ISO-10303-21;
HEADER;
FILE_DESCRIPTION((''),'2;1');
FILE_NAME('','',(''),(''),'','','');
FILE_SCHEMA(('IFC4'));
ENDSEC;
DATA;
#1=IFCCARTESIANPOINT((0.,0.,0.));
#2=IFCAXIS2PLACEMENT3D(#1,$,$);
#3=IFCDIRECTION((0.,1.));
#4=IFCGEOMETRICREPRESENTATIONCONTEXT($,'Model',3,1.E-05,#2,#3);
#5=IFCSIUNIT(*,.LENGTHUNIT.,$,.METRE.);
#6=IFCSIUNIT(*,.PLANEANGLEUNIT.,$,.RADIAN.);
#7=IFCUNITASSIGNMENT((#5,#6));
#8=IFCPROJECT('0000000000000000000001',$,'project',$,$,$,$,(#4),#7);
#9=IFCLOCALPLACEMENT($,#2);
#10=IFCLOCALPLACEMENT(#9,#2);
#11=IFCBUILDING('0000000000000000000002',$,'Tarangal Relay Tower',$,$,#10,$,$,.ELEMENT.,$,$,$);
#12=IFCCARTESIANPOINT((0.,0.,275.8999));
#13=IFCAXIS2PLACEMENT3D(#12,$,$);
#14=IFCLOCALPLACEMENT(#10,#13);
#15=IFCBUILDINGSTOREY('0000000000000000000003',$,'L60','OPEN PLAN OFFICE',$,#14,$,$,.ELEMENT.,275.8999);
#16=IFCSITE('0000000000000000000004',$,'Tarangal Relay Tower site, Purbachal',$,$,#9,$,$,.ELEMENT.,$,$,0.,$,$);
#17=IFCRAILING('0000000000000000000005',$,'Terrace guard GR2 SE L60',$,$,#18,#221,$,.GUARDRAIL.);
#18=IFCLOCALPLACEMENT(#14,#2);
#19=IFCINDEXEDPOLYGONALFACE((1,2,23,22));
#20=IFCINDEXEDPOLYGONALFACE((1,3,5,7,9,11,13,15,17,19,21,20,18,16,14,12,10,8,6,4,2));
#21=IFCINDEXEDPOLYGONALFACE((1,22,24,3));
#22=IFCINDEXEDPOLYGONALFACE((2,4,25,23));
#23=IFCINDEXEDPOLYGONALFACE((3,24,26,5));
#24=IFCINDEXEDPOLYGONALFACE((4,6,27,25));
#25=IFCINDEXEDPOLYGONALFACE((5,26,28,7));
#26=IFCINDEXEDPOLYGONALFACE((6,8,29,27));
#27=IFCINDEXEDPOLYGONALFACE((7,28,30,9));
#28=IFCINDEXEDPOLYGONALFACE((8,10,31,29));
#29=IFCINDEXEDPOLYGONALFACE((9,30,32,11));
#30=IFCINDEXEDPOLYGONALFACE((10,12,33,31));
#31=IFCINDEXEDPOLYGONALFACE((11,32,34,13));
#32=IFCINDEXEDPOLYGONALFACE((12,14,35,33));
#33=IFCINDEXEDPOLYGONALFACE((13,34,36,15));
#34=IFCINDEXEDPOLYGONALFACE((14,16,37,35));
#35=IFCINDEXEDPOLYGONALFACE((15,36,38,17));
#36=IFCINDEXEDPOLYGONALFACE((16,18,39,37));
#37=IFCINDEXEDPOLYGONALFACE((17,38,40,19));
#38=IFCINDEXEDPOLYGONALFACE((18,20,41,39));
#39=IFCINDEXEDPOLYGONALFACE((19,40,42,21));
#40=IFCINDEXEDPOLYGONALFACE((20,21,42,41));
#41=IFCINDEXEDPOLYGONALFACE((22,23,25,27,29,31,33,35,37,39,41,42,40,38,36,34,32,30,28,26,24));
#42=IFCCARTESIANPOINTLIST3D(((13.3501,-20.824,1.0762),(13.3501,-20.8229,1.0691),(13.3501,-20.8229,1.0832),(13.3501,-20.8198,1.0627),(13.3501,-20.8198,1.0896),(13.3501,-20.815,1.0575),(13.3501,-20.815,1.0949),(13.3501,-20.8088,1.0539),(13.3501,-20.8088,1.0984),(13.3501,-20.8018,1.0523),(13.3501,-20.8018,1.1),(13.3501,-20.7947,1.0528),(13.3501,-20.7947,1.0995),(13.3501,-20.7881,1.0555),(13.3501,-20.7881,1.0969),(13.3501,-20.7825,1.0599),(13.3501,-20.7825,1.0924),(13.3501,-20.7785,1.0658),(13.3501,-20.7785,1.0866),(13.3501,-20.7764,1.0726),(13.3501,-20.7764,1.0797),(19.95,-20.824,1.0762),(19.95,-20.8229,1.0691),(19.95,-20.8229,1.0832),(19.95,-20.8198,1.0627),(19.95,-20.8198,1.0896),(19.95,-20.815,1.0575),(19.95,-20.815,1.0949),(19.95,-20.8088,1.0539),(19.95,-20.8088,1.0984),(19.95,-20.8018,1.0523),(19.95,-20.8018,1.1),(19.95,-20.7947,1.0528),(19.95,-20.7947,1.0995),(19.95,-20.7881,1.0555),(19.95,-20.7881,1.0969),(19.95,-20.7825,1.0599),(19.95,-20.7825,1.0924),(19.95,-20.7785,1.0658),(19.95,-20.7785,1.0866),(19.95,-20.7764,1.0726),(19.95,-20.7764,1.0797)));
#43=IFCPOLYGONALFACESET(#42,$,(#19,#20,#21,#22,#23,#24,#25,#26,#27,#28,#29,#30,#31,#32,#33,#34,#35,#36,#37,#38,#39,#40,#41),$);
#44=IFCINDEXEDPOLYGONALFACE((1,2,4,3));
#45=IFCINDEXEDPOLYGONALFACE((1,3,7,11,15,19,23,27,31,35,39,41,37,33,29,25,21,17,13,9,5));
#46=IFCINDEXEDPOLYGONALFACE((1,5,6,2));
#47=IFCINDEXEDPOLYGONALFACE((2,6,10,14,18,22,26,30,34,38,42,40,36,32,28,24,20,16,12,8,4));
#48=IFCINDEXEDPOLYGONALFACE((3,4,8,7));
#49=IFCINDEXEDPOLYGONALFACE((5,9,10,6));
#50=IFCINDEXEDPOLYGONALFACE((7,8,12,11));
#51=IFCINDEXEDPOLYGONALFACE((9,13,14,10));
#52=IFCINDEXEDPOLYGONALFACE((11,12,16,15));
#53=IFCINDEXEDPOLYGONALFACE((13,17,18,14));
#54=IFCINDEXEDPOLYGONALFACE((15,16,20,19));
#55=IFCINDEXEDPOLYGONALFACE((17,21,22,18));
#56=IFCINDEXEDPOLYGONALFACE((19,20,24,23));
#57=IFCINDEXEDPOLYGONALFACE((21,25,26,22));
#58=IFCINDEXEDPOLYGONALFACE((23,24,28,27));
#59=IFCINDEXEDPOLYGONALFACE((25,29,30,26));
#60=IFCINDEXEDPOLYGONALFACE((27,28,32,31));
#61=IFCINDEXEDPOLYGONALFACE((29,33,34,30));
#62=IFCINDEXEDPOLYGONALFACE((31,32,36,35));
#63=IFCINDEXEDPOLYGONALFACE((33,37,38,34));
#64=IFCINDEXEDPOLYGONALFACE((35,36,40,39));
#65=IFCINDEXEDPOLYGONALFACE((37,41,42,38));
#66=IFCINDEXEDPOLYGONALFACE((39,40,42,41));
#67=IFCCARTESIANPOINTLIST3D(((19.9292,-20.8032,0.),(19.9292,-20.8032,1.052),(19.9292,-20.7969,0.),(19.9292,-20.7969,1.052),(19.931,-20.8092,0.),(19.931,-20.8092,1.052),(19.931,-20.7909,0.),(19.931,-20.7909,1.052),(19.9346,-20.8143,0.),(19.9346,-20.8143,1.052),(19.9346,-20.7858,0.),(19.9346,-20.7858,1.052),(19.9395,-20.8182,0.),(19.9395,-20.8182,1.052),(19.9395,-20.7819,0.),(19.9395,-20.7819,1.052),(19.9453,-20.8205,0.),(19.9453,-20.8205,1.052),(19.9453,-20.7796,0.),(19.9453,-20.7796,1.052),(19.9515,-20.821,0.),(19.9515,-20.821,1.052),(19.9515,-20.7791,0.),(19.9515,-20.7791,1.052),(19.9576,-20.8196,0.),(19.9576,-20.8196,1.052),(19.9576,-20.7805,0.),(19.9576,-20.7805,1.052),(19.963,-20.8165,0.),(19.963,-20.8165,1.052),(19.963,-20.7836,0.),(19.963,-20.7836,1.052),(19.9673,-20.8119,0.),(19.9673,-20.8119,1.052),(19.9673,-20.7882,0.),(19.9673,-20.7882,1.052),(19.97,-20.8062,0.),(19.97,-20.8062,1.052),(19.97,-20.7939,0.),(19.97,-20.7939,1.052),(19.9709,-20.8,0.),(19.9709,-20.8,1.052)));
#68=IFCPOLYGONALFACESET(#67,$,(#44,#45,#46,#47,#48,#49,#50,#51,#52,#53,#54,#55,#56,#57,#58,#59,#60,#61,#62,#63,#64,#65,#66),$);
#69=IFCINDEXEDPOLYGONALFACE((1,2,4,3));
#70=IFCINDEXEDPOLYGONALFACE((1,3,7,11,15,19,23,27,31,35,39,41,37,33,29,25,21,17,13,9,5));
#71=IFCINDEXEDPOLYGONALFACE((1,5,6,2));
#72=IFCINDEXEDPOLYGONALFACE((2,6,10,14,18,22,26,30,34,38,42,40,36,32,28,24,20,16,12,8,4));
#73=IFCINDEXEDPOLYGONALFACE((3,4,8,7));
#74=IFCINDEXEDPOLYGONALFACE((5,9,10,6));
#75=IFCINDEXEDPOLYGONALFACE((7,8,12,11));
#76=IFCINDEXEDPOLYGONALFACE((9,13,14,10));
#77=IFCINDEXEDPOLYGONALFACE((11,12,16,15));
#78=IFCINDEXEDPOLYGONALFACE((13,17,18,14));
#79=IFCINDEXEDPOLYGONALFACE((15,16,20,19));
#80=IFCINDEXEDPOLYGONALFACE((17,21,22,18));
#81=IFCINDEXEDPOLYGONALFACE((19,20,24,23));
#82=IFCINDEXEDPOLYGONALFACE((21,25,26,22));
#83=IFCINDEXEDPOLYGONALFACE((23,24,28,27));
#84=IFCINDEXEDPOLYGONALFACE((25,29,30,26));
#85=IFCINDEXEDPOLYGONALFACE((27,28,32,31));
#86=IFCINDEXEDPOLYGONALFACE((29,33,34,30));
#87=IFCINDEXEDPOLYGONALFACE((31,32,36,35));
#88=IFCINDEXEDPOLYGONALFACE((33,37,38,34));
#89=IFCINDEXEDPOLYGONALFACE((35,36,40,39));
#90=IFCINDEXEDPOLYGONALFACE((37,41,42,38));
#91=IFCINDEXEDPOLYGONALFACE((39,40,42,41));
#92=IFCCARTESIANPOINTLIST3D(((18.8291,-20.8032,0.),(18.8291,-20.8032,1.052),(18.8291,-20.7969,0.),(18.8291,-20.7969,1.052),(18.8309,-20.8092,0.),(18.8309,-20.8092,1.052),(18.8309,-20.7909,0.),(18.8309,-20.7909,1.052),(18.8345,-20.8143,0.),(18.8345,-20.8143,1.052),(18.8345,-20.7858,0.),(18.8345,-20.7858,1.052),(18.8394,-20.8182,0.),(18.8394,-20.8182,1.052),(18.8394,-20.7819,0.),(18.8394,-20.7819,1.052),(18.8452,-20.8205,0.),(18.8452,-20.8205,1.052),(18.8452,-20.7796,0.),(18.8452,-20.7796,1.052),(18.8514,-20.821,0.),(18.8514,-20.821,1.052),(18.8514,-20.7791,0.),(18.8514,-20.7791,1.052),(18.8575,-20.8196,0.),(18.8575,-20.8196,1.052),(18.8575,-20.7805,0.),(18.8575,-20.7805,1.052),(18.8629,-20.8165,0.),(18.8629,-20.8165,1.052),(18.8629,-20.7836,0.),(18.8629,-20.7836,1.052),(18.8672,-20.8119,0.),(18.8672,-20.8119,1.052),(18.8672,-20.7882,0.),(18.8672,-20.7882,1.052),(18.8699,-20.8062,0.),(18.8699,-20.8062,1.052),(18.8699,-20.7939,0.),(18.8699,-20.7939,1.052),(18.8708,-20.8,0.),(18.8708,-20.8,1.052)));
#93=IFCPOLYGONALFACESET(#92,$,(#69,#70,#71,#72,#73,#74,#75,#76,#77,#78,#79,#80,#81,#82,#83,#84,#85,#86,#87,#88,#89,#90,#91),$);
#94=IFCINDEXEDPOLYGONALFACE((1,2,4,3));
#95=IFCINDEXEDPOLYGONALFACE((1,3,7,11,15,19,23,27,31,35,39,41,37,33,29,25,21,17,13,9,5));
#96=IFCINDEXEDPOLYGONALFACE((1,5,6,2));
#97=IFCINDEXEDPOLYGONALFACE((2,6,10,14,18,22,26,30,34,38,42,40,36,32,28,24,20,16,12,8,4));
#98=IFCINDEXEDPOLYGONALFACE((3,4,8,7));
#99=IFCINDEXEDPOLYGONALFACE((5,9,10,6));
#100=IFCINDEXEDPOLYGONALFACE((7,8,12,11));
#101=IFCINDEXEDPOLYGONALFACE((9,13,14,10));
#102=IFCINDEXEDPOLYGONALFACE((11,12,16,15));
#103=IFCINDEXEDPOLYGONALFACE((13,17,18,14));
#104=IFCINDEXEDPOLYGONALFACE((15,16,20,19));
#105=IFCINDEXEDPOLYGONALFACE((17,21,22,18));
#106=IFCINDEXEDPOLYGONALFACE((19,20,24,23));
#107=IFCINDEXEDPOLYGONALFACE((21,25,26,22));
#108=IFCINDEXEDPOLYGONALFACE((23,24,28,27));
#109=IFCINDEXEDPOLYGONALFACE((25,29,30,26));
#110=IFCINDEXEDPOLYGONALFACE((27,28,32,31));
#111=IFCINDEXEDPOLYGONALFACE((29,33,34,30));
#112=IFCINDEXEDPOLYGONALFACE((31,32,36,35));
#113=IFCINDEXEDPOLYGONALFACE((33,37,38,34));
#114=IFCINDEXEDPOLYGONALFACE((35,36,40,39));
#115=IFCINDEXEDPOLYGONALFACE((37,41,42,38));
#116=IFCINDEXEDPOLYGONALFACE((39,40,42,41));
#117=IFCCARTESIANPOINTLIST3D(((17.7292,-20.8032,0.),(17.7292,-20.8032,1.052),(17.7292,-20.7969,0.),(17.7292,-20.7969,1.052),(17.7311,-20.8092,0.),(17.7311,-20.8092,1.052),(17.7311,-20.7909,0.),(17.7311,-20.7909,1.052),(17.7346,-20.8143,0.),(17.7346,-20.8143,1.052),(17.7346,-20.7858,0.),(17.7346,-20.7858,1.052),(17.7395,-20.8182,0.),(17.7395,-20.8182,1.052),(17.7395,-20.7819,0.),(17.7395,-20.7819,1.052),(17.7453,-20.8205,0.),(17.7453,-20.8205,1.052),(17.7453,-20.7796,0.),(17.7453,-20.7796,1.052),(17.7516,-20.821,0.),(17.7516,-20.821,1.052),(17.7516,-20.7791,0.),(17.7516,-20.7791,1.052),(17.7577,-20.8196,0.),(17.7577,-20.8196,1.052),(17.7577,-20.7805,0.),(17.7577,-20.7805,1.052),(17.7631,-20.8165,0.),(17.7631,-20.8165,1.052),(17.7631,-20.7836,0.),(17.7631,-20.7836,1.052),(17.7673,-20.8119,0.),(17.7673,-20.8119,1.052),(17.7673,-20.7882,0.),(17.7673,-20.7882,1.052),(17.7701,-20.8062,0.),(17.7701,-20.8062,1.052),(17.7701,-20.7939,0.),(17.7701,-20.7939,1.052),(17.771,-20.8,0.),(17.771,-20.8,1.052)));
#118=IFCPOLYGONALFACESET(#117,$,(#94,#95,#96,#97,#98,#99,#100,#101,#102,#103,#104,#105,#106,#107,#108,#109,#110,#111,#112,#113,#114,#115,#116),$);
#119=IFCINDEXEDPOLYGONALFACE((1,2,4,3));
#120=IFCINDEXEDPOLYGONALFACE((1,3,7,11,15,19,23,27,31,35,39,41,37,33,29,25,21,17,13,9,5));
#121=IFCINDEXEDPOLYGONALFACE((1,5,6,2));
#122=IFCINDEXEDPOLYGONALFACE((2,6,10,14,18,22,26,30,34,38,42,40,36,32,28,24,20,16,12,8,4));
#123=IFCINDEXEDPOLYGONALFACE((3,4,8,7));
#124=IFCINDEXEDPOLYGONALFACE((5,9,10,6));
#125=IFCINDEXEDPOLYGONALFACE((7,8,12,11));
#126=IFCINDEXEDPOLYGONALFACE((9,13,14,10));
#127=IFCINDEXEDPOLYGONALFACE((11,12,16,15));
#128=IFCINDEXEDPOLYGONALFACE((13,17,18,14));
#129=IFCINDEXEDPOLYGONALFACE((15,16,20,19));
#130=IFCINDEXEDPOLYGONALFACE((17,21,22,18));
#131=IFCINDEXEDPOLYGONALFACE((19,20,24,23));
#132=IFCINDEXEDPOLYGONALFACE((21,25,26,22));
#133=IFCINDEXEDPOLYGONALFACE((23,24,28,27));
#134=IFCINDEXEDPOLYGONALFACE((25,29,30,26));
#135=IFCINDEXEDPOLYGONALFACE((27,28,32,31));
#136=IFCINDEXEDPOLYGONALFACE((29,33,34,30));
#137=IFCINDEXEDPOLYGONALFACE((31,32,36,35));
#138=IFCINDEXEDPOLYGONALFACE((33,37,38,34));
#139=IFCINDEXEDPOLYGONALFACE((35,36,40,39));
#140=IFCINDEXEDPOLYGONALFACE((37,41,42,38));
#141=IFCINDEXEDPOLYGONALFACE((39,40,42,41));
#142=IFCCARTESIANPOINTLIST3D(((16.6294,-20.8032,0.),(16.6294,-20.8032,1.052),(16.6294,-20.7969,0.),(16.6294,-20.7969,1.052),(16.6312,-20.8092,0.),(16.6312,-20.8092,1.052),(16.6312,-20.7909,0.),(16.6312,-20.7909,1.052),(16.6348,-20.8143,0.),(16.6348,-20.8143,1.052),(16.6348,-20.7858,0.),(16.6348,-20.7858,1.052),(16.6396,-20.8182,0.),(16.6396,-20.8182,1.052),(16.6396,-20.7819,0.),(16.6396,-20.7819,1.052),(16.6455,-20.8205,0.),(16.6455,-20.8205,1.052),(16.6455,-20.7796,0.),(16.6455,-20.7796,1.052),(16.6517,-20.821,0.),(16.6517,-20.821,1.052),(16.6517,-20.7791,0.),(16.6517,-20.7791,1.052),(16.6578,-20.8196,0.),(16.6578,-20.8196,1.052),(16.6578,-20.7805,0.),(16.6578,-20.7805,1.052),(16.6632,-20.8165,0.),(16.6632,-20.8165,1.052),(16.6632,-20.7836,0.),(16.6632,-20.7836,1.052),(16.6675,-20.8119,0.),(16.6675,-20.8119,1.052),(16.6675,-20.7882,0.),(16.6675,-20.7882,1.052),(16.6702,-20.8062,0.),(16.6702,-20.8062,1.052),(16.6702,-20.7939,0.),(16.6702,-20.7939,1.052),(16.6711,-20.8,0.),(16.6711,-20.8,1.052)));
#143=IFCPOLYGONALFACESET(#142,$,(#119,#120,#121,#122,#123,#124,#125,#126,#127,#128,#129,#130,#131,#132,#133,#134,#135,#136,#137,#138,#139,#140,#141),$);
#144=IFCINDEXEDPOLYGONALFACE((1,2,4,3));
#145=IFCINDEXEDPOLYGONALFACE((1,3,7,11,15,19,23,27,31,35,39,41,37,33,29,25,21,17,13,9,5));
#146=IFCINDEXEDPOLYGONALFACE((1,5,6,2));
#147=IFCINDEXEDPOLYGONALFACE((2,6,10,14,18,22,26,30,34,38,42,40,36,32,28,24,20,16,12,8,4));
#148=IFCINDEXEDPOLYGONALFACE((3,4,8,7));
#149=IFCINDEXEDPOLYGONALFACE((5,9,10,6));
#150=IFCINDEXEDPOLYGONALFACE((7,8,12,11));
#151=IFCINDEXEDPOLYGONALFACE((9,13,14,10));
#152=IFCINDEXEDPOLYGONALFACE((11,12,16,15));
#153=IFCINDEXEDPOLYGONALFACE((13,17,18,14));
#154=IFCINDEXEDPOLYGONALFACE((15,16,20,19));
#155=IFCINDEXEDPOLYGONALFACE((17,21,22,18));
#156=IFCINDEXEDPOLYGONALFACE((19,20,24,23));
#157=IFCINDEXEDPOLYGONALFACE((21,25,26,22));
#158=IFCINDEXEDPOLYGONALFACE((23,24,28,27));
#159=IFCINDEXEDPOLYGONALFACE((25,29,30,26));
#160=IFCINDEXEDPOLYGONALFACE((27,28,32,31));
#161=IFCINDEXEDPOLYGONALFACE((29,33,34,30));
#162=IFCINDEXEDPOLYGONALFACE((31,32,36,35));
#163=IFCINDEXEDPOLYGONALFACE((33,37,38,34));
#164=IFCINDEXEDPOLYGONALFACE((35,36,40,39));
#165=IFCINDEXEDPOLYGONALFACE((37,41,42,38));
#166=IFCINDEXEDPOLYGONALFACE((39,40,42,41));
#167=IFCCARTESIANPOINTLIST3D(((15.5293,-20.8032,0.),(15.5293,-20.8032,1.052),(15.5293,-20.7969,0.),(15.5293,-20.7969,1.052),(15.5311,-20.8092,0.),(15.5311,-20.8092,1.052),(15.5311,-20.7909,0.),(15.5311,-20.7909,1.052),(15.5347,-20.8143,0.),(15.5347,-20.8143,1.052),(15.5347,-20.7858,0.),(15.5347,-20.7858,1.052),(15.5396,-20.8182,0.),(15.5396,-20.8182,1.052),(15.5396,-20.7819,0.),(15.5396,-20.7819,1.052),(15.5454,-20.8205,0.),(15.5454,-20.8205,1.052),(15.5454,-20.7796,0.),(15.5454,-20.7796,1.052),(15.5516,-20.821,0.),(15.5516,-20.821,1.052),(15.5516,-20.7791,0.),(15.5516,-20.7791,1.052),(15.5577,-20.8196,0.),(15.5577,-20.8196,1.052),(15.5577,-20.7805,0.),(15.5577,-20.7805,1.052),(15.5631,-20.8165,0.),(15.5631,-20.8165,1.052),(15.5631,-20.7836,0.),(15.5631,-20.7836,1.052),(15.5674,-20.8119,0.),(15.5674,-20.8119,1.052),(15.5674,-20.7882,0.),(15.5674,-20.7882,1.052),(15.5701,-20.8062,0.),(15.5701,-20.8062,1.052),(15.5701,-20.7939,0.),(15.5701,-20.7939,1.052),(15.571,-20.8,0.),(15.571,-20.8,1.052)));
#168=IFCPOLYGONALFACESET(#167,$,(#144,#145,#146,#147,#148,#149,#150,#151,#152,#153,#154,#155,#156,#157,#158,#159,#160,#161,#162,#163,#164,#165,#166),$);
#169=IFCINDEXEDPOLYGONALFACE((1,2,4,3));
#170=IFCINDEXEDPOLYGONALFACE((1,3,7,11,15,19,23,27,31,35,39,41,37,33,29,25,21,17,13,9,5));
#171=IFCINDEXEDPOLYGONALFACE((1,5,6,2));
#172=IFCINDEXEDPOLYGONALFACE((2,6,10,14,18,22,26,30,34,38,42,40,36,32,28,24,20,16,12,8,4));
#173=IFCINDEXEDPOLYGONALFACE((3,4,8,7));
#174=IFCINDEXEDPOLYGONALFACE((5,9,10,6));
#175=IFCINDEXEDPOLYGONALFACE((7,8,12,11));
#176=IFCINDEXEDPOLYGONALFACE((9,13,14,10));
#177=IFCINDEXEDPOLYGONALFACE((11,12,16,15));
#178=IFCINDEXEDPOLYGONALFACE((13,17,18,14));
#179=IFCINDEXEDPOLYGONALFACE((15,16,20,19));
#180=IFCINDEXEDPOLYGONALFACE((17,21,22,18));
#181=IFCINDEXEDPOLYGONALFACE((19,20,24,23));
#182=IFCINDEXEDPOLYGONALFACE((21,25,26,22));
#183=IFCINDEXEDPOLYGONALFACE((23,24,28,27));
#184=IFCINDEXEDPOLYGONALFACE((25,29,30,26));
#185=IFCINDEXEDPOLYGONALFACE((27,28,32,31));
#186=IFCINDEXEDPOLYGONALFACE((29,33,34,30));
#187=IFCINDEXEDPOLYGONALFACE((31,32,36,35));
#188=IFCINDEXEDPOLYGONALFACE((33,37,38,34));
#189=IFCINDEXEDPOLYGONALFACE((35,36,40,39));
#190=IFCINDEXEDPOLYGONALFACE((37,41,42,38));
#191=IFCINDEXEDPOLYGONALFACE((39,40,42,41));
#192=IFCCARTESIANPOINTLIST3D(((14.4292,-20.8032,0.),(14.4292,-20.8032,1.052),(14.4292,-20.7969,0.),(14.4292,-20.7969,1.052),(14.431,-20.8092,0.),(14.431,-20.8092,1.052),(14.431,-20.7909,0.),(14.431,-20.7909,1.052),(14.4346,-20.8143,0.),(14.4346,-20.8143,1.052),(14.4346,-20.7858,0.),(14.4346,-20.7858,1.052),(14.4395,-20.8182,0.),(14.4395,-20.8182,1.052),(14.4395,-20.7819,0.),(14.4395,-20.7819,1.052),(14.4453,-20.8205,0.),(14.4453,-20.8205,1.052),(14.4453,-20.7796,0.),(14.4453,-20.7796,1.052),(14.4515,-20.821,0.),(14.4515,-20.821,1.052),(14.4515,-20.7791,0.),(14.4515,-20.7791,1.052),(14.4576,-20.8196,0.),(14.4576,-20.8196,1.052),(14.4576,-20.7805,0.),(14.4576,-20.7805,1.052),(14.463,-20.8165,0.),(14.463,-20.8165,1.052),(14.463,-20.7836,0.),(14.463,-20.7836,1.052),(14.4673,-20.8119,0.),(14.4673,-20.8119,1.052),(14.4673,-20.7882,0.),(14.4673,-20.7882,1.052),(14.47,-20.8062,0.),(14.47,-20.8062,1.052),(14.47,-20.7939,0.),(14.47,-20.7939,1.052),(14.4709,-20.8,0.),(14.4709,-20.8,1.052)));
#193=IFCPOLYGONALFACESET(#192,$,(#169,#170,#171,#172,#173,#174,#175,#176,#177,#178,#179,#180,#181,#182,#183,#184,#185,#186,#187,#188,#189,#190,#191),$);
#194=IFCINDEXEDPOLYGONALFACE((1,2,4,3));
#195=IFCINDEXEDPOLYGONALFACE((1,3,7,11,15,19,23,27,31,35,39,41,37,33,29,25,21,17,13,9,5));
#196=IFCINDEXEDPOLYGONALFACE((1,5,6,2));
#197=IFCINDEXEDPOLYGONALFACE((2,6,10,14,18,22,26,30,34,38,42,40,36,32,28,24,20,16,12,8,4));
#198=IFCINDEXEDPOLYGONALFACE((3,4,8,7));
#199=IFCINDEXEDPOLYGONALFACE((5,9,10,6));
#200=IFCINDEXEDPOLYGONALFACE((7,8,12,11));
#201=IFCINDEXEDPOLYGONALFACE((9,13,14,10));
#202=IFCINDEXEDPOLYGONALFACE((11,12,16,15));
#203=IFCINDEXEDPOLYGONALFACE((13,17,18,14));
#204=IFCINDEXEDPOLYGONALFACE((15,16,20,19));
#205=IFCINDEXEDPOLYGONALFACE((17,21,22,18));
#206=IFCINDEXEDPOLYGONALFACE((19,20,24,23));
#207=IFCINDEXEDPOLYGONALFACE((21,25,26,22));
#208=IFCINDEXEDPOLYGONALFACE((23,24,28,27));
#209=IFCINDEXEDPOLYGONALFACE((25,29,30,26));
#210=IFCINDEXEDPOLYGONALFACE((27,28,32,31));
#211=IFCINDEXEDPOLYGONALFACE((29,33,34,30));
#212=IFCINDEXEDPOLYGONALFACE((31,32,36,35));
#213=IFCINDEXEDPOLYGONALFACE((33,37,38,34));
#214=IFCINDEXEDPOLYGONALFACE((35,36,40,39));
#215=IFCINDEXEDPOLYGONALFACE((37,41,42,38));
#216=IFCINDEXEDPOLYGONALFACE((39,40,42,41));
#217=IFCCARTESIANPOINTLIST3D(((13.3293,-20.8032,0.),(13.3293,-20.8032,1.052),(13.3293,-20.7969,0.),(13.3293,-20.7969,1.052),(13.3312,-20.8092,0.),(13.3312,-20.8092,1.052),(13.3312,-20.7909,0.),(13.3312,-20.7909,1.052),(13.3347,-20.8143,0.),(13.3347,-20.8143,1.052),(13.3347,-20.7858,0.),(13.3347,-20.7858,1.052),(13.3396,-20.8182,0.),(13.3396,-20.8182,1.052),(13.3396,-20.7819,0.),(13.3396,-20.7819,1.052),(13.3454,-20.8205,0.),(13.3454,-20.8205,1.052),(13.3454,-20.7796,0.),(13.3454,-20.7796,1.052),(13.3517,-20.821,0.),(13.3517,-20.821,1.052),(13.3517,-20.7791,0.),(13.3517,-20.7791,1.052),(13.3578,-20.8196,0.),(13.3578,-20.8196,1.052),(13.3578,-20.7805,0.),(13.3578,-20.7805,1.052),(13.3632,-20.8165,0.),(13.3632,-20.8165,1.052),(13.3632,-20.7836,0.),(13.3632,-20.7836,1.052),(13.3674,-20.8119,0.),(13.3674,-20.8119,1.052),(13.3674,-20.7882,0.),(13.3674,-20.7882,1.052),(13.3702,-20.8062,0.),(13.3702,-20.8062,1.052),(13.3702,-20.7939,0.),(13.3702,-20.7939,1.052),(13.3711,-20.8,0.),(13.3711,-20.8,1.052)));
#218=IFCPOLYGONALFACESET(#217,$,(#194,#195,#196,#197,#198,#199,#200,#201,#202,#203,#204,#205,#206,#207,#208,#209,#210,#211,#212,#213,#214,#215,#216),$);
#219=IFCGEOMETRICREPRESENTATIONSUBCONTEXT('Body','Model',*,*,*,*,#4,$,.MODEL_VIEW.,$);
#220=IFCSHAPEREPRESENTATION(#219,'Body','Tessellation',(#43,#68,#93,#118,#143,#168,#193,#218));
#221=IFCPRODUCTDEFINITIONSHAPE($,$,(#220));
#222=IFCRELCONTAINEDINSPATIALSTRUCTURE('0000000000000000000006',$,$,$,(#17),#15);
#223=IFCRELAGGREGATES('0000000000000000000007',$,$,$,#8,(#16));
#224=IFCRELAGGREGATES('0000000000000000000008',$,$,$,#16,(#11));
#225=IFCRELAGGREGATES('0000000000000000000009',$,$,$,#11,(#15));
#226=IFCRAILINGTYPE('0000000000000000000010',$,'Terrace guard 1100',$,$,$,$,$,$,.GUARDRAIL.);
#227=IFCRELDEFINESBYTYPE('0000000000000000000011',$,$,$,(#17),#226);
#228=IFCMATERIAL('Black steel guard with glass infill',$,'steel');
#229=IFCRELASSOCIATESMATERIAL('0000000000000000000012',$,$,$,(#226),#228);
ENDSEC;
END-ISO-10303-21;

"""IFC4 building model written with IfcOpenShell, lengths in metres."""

from ifc_helpers import new_model, si_unit, direction, frame, origin, origin_2d, place, context, subcontext, project, spatial, circle, extrude, material, type_object, element, save


model = new_model("IFC4")

# Units and contexts
model_context = context("Model", 3, precision=1e-05, world=origin(), true_north=direction((0.0, 1.0)))
body_context = subcontext(model_context, "Body", "Model", "MODEL_VIEW")
ifc_project = project(units=[si_unit("LENGTHUNIT", "METRE"), si_unit("PLANEANGLEUNIT", "RADIAN")], contexts=[model_context])

# Site, building, storey
site_placement = place(None, origin())
site = spatial("IfcSite", under=ifc_project, at=site_placement, Name="Tarangal Relay Tower site, Purbachal", CompositionType="ELEMENT", RefElevation=0.0)
building_placement = place(site_placement, origin())
building = spatial("IfcBuilding", under=site, at=building_placement, Name="Tarangal Relay Tower", CompositionType="ELEMENT")
storey_placement = place(building_placement, frame((0.0, 0.0, 275.8999)))
storey = spatial("IfcBuildingStorey", under=building, at=storey_placement, Name="L60", Description="OPEN PLAN OFFICE", CompositionType="ELEMENT", Elevation=275.8999)

# Railing
ifc_material_1 = material(Name="Black steel guard with glass infill", Category="steel")
railing_type = type_object("IfcRailingType", Name="Terrace guard 1100", PredefinedType="GUARDRAIL", material=ifc_material_1)
railing_1_placement = place(storey_placement, frame((19.95, -20.8, 0.0)))
element("IfcRailing", 1, at=railing_1_placement, inside=storey, type_object=railing_type, Name="Terrace guard GR2 SE L60", PredefinedType="GUARDRAIL", context=body_context, shape_type="SweptSolid", body=[
    extrude(circle(Radius=0.0239, at=origin_2d()), frame((0.0, 0.0, 1.0762), z_axis=(-1.0, 0.0, 0.0), x_axis=(0.0, -1.0, 0.0)), (0.0, 0.0, 1.0), 6.5999),
    extrude(circle(Radius=0.021, at=origin_2d()), origin(), (0.0, 0.0, 1.0), 1.052),
    extrude(circle(Radius=0.021, at=origin_2d()), frame((-1.1001, 0.0, 0.0)), (0.0, 0.0, 1.0), 1.052),
    extrude(circle(Radius=0.021, at=origin_2d()), frame((-2.2, 0.0, 0.0)), (0.0, 0.0, 1.0), 1.052),
    extrude(circle(Radius=0.021, at=origin_2d()), frame((-3.2998, 0.0, 0.0)), (0.0, 0.0, 1.0), 1.052),
    extrude(circle(Radius=0.021, at=origin_2d()), frame((-4.3999, 0.0, 0.0)), (0.0, 0.0, 1.0), 1.052),
    extrude(circle(Radius=0.021, at=origin_2d()), frame((-5.5, 0.0, 0.0)), (0.0, 0.0, 1.0), 1.052),
    extrude(circle(Radius=0.021, at=origin_2d()), frame((-6.5999, 0.0, 0.0)), (0.0, 0.0, 1.0), 1.052),
])

save(model, "model.ifc")
